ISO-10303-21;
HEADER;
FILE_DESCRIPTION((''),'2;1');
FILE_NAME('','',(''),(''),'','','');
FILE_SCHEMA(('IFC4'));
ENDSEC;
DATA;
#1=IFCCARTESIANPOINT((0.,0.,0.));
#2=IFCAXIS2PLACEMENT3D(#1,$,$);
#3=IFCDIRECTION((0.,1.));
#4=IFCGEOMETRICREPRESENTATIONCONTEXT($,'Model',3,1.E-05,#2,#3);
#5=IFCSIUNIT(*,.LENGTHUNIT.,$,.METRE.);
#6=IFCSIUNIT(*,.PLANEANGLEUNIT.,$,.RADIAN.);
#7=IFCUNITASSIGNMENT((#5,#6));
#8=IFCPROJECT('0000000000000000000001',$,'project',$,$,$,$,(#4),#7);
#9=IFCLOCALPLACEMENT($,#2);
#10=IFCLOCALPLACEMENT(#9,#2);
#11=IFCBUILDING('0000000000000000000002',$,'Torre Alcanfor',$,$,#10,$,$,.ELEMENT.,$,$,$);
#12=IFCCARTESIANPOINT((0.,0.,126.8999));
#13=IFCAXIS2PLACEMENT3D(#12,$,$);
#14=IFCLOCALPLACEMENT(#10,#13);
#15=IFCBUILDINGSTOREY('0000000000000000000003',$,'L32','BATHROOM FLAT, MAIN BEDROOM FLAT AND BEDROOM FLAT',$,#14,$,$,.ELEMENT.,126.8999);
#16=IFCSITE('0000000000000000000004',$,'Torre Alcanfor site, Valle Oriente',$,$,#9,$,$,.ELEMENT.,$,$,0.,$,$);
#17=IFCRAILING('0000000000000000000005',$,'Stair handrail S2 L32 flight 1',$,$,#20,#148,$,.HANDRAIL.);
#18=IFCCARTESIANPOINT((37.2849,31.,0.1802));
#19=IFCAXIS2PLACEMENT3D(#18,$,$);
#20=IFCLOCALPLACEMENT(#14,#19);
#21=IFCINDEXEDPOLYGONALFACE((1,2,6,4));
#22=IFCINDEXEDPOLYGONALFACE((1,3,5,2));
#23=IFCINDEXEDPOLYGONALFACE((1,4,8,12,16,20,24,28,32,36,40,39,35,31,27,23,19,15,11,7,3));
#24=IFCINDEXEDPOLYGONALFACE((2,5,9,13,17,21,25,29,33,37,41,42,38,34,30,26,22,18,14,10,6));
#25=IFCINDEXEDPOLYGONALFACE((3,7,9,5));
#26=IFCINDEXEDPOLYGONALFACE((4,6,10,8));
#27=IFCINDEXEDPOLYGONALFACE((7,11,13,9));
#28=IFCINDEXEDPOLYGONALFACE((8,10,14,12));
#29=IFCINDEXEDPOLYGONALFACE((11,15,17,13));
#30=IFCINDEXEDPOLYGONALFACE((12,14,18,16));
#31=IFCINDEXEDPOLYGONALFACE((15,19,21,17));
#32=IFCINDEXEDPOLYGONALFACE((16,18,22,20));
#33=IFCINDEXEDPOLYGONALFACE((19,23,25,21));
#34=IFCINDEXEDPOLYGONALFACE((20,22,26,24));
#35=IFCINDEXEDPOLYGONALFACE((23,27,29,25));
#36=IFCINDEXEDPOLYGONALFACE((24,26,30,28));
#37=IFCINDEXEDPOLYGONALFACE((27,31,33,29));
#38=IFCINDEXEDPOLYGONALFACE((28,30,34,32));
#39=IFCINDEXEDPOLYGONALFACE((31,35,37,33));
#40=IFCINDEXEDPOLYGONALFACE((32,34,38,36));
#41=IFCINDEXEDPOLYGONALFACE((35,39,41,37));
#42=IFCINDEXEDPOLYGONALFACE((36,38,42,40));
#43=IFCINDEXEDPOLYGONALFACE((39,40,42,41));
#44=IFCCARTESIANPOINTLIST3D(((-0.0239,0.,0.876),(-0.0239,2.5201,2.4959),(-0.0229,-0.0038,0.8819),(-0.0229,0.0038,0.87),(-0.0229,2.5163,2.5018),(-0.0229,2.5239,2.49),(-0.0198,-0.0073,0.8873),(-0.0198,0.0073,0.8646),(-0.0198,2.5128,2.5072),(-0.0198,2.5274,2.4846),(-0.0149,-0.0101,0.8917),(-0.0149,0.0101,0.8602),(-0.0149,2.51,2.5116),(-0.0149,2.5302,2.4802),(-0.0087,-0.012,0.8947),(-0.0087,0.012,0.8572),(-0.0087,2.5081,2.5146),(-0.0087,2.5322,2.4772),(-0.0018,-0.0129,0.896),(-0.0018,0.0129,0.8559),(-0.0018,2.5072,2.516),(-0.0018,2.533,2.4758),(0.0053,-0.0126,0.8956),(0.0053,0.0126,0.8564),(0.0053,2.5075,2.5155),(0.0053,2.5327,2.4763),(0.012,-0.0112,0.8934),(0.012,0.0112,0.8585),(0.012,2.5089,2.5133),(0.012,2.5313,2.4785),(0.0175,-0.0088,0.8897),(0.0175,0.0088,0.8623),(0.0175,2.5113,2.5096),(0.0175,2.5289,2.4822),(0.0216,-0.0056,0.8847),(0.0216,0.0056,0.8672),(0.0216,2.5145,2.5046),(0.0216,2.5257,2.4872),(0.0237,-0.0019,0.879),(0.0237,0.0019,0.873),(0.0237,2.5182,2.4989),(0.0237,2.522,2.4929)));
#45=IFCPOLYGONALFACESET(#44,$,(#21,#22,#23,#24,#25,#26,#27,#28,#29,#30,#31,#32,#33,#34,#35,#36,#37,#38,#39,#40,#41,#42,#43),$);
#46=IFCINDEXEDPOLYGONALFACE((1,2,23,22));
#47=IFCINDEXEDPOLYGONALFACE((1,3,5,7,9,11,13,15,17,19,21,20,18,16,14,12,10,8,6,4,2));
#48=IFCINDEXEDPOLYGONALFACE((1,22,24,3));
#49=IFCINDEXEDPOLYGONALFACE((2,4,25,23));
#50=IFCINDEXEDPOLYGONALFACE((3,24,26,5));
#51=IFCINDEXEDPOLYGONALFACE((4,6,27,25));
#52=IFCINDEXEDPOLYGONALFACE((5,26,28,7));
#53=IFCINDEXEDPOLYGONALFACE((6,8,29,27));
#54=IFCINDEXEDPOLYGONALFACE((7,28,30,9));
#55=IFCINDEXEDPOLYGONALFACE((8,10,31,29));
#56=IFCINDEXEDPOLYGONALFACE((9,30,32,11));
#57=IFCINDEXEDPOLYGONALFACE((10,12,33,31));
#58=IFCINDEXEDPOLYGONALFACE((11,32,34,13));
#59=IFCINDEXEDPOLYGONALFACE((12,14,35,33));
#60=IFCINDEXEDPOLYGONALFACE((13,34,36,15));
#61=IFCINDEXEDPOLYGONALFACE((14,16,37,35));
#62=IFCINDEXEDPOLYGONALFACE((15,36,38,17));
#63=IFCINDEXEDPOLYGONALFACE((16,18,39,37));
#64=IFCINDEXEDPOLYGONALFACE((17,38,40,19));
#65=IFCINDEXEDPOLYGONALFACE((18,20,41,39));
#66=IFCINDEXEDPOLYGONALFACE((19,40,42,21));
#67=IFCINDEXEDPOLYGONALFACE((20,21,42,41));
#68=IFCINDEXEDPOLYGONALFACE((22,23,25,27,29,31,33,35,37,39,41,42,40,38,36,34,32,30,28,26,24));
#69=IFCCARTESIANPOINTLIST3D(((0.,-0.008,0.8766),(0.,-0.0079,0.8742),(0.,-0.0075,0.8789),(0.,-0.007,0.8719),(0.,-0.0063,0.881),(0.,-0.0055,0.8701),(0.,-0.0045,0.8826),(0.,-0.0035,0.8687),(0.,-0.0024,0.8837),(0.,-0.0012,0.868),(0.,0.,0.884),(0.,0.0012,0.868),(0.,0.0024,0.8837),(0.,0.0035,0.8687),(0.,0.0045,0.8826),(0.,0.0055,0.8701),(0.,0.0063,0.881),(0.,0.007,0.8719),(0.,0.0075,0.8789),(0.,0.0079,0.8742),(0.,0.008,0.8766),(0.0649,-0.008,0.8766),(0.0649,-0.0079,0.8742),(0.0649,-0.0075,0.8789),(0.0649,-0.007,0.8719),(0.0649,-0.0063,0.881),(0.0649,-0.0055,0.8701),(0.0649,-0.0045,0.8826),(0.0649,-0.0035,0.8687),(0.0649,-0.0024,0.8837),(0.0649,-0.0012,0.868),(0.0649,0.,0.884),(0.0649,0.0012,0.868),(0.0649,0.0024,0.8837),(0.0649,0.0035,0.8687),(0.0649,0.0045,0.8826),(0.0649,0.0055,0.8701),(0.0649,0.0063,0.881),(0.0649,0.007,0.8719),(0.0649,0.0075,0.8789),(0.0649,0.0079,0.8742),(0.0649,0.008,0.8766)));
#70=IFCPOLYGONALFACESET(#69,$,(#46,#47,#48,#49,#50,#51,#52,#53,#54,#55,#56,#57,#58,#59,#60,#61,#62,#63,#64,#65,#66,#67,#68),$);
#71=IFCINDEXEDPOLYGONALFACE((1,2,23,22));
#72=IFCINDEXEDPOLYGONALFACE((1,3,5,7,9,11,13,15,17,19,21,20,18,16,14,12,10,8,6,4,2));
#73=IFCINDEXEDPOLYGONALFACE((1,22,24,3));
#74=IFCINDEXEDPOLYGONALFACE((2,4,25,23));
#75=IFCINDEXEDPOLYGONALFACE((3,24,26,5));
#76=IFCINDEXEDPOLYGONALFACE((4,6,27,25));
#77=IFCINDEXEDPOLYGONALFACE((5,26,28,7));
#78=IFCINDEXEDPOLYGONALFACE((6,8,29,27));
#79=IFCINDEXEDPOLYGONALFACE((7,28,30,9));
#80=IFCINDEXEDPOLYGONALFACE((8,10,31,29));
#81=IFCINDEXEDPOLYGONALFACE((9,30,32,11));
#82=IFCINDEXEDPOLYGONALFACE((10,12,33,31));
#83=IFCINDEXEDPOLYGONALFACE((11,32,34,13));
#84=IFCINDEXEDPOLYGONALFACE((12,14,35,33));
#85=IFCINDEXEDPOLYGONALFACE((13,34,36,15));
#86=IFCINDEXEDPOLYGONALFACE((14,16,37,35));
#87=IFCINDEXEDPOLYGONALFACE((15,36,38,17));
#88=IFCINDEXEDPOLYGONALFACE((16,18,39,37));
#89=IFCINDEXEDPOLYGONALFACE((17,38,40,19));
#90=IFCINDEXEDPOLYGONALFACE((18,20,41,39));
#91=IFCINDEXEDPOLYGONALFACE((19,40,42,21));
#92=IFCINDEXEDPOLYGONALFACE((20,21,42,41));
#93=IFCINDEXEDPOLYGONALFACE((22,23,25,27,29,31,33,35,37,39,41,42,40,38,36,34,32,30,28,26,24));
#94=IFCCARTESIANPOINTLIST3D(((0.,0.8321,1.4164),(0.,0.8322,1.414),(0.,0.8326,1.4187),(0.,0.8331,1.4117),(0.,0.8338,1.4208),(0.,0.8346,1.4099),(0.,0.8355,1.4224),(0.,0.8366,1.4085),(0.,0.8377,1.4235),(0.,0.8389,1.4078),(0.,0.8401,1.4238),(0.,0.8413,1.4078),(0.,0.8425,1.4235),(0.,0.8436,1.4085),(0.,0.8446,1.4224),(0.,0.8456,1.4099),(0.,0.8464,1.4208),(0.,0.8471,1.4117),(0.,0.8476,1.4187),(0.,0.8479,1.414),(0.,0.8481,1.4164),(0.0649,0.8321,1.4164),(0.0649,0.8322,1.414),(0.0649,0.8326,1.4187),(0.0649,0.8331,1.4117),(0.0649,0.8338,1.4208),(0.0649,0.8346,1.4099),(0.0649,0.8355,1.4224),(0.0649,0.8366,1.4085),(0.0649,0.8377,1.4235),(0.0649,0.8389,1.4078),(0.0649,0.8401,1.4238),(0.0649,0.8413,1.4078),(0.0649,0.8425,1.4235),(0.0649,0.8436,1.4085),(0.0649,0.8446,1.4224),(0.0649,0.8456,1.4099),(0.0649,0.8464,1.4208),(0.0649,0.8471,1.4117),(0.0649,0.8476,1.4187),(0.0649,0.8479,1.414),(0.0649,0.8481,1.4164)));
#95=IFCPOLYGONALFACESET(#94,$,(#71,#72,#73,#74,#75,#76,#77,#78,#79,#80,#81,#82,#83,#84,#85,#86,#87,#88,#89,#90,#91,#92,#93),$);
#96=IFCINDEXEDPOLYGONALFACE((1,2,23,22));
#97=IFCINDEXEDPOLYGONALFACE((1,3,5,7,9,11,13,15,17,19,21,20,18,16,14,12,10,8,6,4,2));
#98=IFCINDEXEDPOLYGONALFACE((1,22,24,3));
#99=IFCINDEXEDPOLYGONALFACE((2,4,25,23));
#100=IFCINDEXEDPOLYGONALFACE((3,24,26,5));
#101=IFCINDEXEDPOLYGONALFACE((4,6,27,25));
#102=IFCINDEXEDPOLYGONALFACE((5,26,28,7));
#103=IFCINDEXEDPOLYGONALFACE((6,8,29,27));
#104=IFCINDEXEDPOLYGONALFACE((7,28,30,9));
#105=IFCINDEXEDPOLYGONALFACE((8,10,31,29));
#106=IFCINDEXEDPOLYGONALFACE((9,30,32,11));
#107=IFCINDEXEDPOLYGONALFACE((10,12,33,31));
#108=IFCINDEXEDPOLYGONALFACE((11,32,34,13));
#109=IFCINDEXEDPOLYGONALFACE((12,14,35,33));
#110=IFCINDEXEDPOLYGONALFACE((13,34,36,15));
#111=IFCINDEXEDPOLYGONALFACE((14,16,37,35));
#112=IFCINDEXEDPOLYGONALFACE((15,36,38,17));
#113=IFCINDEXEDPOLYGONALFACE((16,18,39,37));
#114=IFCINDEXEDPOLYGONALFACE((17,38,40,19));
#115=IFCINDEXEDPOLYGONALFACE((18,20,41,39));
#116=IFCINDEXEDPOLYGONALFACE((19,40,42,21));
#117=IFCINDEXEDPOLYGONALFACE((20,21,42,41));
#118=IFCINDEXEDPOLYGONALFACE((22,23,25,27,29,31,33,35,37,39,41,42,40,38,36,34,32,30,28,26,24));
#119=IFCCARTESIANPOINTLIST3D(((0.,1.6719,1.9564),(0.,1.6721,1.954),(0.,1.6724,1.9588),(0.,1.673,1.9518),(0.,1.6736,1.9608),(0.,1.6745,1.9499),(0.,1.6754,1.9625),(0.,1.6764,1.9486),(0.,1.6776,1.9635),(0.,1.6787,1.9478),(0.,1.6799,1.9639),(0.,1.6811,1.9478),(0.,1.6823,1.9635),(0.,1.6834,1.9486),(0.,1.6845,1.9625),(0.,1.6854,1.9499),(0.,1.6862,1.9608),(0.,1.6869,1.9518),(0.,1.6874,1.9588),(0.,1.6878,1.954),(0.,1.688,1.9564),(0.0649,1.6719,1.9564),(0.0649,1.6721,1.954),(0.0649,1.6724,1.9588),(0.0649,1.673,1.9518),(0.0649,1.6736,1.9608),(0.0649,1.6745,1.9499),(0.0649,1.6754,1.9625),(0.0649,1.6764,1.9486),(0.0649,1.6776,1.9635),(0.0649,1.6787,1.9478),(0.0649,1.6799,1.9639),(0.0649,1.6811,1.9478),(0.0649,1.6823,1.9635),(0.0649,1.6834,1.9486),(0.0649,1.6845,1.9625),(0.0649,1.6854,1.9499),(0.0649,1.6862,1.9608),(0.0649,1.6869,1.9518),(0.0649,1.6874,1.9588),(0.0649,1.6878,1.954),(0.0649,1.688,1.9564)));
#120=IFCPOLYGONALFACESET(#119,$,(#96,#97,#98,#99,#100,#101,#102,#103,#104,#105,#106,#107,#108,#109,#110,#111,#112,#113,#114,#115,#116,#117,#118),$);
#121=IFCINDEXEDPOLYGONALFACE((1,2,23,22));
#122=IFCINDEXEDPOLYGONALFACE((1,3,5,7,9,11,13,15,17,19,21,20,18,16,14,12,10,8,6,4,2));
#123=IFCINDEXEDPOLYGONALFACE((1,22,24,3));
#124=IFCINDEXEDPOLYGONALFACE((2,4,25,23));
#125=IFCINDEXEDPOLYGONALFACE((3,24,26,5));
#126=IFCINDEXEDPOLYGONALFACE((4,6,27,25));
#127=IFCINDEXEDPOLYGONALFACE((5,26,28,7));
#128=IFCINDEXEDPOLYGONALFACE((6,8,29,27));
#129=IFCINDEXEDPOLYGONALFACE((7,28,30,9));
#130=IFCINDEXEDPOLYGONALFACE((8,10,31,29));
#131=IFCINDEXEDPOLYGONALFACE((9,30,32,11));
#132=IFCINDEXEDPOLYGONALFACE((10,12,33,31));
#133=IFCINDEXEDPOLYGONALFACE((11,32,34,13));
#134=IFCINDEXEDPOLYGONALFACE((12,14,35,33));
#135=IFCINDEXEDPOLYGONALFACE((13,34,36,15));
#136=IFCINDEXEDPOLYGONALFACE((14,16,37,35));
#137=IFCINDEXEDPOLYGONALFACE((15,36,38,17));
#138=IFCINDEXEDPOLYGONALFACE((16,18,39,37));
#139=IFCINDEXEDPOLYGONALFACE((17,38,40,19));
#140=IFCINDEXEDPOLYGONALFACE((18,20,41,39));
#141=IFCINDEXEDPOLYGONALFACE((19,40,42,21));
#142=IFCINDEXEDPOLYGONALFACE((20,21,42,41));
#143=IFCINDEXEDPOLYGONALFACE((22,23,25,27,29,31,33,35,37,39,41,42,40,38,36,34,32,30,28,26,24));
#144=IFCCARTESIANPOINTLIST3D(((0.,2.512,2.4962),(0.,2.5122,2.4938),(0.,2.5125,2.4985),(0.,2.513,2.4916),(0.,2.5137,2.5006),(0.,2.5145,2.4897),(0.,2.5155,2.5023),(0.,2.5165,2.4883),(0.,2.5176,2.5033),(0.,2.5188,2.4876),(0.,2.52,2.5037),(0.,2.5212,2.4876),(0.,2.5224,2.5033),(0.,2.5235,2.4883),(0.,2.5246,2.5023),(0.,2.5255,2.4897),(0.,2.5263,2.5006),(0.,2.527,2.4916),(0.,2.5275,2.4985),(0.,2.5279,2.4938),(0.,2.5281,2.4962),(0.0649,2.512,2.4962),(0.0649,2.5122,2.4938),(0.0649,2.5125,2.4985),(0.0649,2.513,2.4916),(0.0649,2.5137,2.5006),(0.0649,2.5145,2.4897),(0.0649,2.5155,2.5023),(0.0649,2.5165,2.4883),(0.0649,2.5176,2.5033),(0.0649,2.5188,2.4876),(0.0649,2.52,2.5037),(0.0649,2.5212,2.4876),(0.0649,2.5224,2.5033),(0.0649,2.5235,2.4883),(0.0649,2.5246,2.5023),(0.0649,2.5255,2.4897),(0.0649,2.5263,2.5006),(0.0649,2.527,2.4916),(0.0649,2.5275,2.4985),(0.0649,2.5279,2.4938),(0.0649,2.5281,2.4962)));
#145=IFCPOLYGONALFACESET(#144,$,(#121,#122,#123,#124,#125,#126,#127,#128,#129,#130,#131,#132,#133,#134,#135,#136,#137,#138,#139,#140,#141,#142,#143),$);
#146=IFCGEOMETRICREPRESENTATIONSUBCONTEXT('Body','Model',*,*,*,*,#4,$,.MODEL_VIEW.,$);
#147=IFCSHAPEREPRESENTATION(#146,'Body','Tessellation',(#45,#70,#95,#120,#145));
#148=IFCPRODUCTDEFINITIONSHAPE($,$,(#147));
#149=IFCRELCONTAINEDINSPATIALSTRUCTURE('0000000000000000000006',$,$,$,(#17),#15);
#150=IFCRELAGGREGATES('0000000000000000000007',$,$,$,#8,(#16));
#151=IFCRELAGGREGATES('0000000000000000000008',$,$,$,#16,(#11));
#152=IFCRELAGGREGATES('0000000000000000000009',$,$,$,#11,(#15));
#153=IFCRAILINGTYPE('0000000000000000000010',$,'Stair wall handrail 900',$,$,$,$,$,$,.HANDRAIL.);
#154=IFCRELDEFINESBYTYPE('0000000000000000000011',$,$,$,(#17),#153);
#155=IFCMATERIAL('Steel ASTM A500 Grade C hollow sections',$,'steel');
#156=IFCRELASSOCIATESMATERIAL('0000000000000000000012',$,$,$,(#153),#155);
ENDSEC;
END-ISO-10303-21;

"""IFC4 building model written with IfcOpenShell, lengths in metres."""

from ifc_helpers import new_model, si_unit, direction, frame, origin, origin_2d, place, context, subcontext, project, spatial, circle, extrude, material, type_object, element, save


model = new_model("IFC4")

# Units and contexts
model_context = context("Model", 3, precision=1e-05, world=origin(), true_north=direction((0.0, 1.0)))
body_context = subcontext(model_context, "Body", "Model", "MODEL_VIEW")
ifc_project = project(units=[si_unit("LENGTHUNIT", "METRE"), si_unit("PLANEANGLEUNIT", "RADIAN")], contexts=[model_context])

# Site, building, storey
site_placement = place(None, origin())
site = spatial("IfcSite", under=ifc_project, at=site_placement, Name="Torre Alcanfor site, Valle Oriente", CompositionType="ELEMENT", RefElevation=0.0)
building_placement = place(site_placement, origin())
building = spatial("IfcBuilding", under=site, at=building_placement, Name="Torre Alcanfor", CompositionType="ELEMENT")
storey_placement = place(building_placement, frame((0.0, 0.0, 126.8999)))
storey = spatial("IfcBuildingStorey", under=building, at=storey_placement, Name="L32", Description="BATHROOM FLAT, MAIN BEDROOM FLAT AND BEDROOM FLAT", CompositionType="ELEMENT", Elevation=126.8999)

# Railing
ifc_material_1 = material(Name="Steel ASTM A500 Grade C hollow sections", Category="steel")
railing_type_1 = type_object("IfcRailingType", Name="Stair wall handrail 900", PredefinedType="HANDRAIL", material=ifc_material_1)
railing_1_placement = place(storey_placement, frame((37.2849, 31.0, 0.1802)))
element("IfcRailing", 1, at=railing_1_placement, inside=storey, type_object=railing_type_1, Name="Stair handrail S2 L32 flight 1", PredefinedType="HANDRAIL", context=body_context, shape_type="SweptSolid", body=[
    extrude(circle(Radius=0.0239, at=origin_2d()), frame((0.0, 0.0, 0.876), z_axis=(0.0, 0.8412, 0.540725), x_axis=(-1.0, 0.0, 0.0)), (0.0, 0.0, 1.0), 2.9958),
    extrude(circle(Radius=0.0081, at=origin_2d()), frame((0.0, 0.0, 0.876), z_axis=(1.0, 0.0, 0.0), x_axis=(0.0, 0.0, 1.0)), (0.0, 0.0, 1.0), 0.0649),
    extrude(circle(Radius=0.0081, at=origin_2d()), frame((0.0, 0.8401, 1.4158), z_axis=(1.0, 0.0, 0.0), x_axis=(0.0, 0.0, 1.0)), (0.0, 0.0, 1.0), 0.0649),
    extrude(circle(Radius=0.0081, at=origin_2d()), frame((0.0, 1.6799, 1.9558), z_axis=(1.0, 0.0, 0.0), x_axis=(0.0, 0.0, 1.0)), (0.0, 0.0, 1.0), 0.0649),
    extrude(circle(Radius=0.0081, at=origin_2d()), frame((0.0, 2.52, 2.4956), z_axis=(1.0, 0.0, 0.0), x_axis=(0.0, 0.0, 1.0)), (0.0, 0.0, 1.0), 0.0649),
])

save(model, "model.ifc")
